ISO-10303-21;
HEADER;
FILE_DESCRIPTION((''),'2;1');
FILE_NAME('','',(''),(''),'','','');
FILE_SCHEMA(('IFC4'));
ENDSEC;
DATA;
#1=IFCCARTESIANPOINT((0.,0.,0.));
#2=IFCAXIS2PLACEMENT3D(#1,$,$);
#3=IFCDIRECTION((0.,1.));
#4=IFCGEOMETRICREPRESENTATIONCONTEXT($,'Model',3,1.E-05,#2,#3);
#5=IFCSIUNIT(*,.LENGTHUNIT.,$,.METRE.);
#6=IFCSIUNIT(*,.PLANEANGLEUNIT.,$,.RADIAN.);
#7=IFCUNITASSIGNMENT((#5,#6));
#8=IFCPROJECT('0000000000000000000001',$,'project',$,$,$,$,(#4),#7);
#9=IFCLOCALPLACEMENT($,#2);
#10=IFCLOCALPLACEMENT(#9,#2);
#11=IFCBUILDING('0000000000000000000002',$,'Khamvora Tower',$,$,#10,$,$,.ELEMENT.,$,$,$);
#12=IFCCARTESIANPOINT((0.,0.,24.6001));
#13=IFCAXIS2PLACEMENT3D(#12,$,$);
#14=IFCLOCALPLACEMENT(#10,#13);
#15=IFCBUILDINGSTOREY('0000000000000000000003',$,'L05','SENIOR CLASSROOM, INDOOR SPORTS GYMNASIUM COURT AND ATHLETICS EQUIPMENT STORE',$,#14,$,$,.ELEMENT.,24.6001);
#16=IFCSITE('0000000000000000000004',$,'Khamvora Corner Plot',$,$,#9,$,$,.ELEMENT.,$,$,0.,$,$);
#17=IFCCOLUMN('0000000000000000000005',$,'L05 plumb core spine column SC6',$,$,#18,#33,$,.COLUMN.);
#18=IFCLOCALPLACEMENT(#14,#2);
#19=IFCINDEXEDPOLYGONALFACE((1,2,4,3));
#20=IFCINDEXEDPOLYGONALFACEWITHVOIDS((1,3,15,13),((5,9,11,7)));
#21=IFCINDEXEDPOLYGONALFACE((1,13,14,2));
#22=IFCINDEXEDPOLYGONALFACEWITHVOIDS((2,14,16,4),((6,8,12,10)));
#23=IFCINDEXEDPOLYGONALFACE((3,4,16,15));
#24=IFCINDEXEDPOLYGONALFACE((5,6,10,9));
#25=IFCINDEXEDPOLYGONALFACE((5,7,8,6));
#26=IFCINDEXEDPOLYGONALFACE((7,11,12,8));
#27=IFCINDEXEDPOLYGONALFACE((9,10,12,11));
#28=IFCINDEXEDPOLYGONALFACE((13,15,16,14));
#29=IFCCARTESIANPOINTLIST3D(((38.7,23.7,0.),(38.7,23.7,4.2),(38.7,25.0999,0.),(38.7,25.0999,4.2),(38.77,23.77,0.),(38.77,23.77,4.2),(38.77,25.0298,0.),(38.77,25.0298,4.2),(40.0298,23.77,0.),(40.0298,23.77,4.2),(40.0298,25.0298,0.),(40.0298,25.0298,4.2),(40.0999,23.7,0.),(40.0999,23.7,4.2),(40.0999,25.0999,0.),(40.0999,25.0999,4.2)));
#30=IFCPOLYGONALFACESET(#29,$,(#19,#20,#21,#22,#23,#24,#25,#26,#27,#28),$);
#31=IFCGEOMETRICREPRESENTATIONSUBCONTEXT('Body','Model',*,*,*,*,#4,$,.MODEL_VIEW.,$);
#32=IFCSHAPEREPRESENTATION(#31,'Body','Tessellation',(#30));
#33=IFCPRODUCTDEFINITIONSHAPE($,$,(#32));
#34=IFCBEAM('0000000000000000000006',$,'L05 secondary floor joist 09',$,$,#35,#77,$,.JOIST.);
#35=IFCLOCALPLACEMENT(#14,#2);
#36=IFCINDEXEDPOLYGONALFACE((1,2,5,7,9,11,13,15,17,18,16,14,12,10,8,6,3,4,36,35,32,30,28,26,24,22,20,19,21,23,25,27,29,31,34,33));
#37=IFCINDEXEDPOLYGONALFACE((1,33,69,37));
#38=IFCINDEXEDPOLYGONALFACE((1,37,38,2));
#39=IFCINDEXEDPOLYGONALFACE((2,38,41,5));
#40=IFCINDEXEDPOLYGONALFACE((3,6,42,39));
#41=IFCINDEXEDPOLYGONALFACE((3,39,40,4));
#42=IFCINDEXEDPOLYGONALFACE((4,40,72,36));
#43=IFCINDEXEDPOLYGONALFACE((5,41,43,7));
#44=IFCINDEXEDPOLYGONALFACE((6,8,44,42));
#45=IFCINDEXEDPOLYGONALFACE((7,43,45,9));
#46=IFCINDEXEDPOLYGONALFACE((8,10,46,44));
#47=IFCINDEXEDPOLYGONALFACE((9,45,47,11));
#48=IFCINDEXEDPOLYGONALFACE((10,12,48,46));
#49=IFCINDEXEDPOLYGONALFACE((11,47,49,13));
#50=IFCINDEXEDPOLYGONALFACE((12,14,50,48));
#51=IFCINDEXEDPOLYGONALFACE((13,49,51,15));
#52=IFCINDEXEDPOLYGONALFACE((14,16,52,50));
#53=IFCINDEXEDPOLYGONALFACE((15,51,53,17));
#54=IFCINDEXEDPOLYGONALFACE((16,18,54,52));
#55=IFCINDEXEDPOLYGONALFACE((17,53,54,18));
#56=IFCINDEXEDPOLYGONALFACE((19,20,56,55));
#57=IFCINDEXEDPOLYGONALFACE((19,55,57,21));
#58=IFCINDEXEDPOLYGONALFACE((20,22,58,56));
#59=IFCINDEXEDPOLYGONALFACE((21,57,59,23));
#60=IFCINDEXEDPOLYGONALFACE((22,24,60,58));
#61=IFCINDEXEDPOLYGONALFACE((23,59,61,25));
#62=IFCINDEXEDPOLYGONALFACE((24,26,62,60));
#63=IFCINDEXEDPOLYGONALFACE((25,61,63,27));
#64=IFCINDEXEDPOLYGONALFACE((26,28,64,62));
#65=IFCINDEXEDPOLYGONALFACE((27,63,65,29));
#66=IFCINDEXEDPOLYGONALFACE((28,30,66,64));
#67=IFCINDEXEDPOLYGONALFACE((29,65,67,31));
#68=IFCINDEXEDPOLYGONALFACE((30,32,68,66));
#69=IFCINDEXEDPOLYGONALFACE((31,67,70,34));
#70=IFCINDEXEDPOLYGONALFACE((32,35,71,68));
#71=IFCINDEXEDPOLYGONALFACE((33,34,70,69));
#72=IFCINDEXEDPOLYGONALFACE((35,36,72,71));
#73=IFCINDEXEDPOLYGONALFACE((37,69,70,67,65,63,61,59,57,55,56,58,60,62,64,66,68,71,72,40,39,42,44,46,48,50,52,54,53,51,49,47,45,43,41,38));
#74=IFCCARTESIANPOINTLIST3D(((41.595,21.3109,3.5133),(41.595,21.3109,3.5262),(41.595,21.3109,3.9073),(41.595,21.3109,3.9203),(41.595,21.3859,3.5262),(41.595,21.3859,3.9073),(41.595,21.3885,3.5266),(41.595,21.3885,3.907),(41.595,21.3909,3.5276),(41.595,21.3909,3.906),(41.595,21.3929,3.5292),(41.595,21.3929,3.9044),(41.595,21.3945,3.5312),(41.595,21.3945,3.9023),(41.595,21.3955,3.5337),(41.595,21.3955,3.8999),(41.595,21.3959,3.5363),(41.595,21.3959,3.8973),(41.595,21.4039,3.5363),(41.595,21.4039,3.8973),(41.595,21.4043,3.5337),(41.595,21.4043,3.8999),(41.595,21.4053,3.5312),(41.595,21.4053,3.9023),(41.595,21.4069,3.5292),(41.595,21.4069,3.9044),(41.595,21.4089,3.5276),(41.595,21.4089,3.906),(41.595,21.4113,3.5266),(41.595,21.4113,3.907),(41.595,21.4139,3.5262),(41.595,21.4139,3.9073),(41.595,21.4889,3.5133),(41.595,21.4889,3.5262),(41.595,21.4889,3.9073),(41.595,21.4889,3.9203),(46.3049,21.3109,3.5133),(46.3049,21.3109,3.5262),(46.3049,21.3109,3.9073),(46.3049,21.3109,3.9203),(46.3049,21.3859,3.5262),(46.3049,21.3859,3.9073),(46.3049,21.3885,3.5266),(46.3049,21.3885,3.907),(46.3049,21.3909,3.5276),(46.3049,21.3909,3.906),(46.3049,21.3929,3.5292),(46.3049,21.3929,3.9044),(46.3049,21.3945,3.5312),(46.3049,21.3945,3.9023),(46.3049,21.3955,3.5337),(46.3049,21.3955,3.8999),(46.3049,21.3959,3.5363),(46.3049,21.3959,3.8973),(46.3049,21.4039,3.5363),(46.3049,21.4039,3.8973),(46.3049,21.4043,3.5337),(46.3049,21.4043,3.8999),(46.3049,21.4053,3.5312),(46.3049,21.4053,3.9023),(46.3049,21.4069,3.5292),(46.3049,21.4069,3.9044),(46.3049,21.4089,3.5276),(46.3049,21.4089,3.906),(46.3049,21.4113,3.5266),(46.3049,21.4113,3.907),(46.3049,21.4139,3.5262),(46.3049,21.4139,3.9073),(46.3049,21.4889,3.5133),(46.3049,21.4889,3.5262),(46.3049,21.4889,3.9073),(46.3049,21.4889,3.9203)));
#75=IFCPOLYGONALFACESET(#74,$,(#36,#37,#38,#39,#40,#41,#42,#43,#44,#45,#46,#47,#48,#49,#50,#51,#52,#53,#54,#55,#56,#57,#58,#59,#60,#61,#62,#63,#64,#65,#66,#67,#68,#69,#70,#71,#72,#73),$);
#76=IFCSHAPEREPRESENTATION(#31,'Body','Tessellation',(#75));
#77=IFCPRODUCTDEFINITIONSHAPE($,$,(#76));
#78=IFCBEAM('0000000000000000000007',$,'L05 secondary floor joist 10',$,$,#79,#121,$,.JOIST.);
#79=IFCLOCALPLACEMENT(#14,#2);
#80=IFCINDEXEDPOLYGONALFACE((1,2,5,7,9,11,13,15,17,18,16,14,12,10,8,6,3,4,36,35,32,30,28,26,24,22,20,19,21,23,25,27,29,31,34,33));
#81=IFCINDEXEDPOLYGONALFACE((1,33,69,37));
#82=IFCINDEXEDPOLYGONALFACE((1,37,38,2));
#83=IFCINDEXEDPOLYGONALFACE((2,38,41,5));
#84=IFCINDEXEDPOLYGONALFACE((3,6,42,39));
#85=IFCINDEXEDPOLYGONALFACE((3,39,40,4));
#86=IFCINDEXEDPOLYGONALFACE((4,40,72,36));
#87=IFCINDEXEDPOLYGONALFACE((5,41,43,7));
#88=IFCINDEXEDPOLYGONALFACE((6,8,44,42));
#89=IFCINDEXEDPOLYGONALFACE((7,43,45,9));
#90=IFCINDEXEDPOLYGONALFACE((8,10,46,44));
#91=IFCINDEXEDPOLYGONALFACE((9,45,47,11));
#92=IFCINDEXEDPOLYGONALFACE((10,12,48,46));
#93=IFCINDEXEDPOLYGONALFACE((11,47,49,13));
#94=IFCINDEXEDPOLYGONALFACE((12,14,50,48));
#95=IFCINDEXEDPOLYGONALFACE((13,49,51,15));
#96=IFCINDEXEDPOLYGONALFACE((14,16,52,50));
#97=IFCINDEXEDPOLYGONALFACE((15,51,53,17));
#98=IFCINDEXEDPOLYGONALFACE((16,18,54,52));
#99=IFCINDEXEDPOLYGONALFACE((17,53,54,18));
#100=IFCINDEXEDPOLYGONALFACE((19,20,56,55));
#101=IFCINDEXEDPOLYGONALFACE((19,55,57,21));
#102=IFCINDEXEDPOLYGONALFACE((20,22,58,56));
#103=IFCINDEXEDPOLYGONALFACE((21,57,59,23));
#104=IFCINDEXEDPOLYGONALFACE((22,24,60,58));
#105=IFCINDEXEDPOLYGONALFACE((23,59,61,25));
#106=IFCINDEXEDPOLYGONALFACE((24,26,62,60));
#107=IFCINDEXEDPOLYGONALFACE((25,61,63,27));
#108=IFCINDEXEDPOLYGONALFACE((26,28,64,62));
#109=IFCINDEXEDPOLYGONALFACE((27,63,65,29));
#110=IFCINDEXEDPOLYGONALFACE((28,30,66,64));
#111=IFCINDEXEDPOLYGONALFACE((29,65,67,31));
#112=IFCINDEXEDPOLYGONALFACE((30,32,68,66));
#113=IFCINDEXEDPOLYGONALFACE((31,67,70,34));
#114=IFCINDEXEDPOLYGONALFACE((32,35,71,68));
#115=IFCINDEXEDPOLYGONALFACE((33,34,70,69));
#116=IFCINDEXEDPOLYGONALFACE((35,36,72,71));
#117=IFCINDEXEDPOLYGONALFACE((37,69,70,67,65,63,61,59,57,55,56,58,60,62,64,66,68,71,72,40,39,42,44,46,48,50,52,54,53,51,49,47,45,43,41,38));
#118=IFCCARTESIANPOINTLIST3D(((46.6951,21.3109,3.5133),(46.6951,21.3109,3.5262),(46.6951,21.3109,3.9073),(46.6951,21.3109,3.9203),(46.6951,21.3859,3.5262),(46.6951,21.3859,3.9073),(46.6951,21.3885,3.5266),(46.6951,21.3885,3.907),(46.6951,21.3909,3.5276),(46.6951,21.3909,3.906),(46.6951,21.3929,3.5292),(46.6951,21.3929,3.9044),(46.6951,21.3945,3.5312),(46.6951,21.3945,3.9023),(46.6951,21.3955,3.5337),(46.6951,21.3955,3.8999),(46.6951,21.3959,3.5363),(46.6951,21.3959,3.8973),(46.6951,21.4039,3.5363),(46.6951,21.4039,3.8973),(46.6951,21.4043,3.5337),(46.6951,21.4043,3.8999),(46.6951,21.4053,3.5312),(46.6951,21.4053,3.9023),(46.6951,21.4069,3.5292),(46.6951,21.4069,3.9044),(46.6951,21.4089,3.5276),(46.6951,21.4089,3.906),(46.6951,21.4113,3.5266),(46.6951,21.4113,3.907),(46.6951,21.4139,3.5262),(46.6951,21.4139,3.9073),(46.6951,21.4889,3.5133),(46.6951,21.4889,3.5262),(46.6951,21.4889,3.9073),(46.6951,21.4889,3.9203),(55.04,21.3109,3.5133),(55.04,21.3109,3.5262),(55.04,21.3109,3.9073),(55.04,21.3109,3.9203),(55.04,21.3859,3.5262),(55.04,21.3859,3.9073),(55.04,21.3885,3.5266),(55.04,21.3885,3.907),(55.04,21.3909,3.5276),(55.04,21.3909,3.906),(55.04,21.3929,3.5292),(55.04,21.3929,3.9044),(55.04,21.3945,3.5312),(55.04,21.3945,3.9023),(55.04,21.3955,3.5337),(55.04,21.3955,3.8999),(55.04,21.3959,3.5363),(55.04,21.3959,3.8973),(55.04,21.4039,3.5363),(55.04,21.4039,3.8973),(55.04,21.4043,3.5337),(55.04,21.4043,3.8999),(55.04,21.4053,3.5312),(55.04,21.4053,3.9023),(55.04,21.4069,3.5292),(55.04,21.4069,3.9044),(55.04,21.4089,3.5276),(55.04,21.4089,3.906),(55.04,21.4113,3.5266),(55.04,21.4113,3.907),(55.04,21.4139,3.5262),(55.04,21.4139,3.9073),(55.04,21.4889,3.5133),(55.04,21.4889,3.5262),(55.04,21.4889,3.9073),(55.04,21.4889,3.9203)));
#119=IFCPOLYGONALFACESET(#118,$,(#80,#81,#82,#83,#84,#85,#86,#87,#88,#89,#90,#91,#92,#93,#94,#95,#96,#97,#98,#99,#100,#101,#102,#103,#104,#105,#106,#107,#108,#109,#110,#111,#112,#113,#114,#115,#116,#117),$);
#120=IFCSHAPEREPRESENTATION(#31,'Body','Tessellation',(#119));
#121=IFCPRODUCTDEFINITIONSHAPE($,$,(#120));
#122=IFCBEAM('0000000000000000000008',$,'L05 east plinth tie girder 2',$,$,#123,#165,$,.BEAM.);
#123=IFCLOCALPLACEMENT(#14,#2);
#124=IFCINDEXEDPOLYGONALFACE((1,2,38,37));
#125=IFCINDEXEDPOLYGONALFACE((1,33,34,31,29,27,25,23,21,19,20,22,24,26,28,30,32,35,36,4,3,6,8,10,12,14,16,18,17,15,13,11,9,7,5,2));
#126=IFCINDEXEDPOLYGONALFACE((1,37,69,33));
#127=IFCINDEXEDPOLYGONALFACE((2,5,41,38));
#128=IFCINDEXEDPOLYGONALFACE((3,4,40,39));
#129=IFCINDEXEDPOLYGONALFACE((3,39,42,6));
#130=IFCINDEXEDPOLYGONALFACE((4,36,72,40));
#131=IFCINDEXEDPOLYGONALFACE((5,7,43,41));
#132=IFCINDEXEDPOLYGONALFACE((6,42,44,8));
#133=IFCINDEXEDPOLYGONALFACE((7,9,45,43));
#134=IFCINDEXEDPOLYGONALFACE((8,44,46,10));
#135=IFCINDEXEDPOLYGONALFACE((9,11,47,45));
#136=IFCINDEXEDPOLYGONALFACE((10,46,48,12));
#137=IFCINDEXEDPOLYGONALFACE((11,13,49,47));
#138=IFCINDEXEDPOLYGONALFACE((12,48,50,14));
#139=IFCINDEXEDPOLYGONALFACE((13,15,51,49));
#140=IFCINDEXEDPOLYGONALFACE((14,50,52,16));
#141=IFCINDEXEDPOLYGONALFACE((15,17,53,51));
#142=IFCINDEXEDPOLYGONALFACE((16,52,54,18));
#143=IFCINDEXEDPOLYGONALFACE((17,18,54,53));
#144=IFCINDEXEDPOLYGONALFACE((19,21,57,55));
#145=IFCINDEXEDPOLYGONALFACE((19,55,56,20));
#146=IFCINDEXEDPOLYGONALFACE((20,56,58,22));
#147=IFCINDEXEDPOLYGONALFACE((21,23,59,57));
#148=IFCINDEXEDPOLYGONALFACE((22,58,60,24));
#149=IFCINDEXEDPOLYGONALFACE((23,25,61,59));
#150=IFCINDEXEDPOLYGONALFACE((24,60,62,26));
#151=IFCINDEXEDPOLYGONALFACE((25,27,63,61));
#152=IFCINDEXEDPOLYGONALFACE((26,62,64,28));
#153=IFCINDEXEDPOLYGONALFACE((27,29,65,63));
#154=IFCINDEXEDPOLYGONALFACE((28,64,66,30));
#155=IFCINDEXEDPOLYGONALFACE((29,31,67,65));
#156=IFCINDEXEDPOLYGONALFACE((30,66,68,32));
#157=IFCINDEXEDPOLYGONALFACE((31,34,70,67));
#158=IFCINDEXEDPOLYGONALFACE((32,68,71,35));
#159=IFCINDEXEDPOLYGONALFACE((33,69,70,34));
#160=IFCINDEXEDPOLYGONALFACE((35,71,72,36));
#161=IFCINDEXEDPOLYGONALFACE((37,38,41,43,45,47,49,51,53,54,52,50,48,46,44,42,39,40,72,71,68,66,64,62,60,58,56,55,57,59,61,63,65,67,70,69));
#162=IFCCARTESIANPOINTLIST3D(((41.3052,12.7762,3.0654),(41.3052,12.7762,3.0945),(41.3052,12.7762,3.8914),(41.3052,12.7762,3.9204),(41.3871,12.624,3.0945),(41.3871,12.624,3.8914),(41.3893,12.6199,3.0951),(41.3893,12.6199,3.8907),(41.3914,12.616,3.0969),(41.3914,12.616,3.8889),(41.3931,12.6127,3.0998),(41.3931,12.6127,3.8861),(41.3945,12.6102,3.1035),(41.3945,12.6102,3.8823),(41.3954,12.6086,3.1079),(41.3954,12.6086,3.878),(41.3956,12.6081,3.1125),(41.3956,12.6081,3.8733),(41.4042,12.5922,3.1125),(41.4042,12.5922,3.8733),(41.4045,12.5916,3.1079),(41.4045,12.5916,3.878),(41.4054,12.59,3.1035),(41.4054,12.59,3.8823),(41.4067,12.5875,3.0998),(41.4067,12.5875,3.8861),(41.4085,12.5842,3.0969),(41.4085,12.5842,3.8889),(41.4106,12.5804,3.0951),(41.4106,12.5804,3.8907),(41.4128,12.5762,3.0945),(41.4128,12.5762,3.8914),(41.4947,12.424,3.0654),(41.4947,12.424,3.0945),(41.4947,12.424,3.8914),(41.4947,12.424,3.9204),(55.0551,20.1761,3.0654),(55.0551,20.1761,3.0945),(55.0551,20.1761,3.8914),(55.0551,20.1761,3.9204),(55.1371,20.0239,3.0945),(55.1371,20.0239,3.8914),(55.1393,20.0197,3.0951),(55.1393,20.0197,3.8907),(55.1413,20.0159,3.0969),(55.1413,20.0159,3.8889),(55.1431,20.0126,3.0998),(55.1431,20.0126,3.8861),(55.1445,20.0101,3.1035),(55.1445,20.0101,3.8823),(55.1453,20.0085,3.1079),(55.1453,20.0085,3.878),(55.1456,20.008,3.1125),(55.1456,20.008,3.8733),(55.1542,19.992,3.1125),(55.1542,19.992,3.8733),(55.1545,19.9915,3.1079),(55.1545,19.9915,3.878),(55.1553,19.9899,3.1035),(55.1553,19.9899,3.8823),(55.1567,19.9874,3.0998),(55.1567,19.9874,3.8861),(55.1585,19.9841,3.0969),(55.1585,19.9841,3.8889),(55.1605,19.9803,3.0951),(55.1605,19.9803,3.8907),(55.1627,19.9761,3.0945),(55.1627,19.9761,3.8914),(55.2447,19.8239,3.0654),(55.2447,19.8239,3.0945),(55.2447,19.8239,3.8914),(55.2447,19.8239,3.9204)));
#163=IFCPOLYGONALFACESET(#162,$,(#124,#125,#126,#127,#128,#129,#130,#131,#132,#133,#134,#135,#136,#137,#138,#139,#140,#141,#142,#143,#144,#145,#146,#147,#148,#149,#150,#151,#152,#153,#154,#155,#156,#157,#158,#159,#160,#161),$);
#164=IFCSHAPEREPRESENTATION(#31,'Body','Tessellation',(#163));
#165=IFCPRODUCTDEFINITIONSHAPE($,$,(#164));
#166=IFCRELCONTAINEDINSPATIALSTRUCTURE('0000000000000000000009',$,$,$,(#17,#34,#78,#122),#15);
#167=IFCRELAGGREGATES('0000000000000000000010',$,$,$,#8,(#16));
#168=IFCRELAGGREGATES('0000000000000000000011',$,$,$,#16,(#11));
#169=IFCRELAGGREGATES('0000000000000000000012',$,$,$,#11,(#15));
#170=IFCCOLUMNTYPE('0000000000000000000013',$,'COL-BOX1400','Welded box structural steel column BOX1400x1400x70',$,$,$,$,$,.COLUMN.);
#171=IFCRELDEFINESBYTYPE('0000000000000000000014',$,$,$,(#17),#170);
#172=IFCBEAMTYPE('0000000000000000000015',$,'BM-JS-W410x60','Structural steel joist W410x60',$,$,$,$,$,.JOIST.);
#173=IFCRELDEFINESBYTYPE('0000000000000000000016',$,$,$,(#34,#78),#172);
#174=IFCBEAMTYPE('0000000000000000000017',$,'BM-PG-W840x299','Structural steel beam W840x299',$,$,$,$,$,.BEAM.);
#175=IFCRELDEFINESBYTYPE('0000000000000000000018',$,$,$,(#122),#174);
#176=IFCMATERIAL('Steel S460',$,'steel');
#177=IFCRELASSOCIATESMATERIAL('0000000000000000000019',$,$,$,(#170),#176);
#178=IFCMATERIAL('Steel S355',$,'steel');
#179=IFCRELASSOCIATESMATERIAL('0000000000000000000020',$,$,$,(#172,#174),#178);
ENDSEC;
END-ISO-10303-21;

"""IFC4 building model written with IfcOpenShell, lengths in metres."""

from ifc_helpers import new_model, si_unit, direction, frame, origin, origin_2d, place, context, subcontext, project, spatial, hollow_rectangle, i_section, extrude, material, material_profile, profile_set, type_object, element, save


model = new_model("IFC4")

# Units and contexts
model_context = context("Model", 3, precision=1e-05, world=origin(), true_north=direction((0.0, 1.0)))
body_context = subcontext(model_context, "Body", "Model", "MODEL_VIEW")
ifc_project = project(units=[si_unit("LENGTHUNIT", "METRE"), si_unit("PLANEANGLEUNIT", "RADIAN")], contexts=[model_context])

# Site, building, storey
site_placement = place(None, origin())
site = spatial("IfcSite", under=ifc_project, at=site_placement, Name="Khamvora Corner Plot", CompositionType="ELEMENT", RefElevation=0.0)
building_placement = place(site_placement, origin())
building = spatial("IfcBuilding", under=site, at=building_placement, Name="Khamvora Tower", CompositionType="ELEMENT")
storey_placement = place(building_placement, frame((0.0, 0.0, 24.6001)))
storey = spatial("IfcBuildingStorey", under=building, at=storey_placement, Name="L05", Description="SENIOR CLASSROOM, INDOOR SPORTS GYMNASIUM COURT AND ATHLETICS EQUIPMENT STORE", CompositionType="ELEMENT", Elevation=24.6001)

# Column
ifc_material_1 = material(Name="Steel S460", Category="steel")
ifc_material_profile_1 = material_profile(ifc_material_1, hollow_rectangle(XDim=1.3999, YDim=1.3999, WallThickness=0.0701, at=origin_2d()), Name="BOX1400x1400x70")
ifc_profile_set_1 = profile_set([ifc_material_profile_1], Name="Steel S460")
column_type = type_object("IfcColumnType", Name="COL-BOX1400", Description="Welded box structural steel column BOX1400x1400x70", PredefinedType="COLUMN", material=ifc_profile_set_1)
column_placement = place(storey_placement, frame((39.3999, 24.3999, 0.0), z_axis=(0.0, 0.0, 1.0), x_axis=(1.0, 0.0, 0.0)))
element("IfcColumn", 1, at=column_placement, inside=storey, type_object=column_type, Name="L05 plumb core spine column SC6", PredefinedType="COLUMN", context=body_context, shape_type="SweptSolid", body=[
    extrude(hollow_rectangle(XDim=1.3999, YDim=1.3999, WallThickness=0.0701, at=origin_2d()), origin(), (0.0, 0.0, 1.0), 4.2),
])

# Beams
ifc_material_2 = material(Name="Steel S355", Category="steel")
ifc_material_profile_2 = material_profile(ifc_material_2, i_section(OverallWidth=0.178, OverallDepth=0.407, WebThickness=0.0081, FlangeThickness=0.0129, FilletRadius=0.01, at=origin_2d()), Name="W410x60")
ifc_profile_set_2 = profile_set([ifc_material_profile_2], Name="Steel S355")
beam_type_1 = type_object("IfcBeamType", Name="BM-JS-W410x60", Description="Structural steel joist W410x60", PredefinedType="JOIST", material=ifc_profile_set_2)
beam_1_placement = place(storey_placement, frame((41.595, 21.3999, 3.7168), z_axis=(1.0, 0.0, 0.0), x_axis=(0.0, 1.0, 0.0)))
element("IfcBeam", 2, at=beam_1_placement, inside=storey, type_object=beam_type_1, Name="L05 secondary floor joist 09", PredefinedType="JOIST", context=body_context, shape_type="SweptSolid", body=[
    extrude(i_section(OverallWidth=0.178, OverallDepth=0.407, WebThickness=0.0081, FlangeThickness=0.0129, FilletRadius=0.01, at=origin_2d()), origin(), (0.0, 0.0, 1.0), 4.71),
])
beam_2_placement = place(storey_placement, frame((46.6951, 21.3999, 3.7168), z_axis=(1.0, 0.0, 0.0), x_axis=(0.0, 1.0, 0.0)))
element("IfcBeam", 3, at=beam_2_placement, inside=storey, type_object=beam_type_1, Name="L05 secondary floor joist 10", PredefinedType="JOIST", context=body_context, shape_type="SweptSolid", body=[
    extrude(i_section(OverallWidth=0.178, OverallDepth=0.407, WebThickness=0.0081, FlangeThickness=0.0129, FilletRadius=0.01, at=origin_2d()), origin(), (0.0, 0.0, 1.0), 8.345),
])
ifc_material_profile_3 = material_profile(ifc_material_2, i_section(OverallWidth=0.3999, OverallDepth=0.855, WebThickness=0.0181, FlangeThickness=0.0291, FilletRadius=0.0181, at=origin_2d()), Name="W840x299")
ifc_profile_set_3 = profile_set([ifc_material_profile_3], Name="Steel S355")
beam_type_2 = type_object("IfcBeamType", Name="BM-PG-W840x299", Description="Structural steel beam W840x299", PredefinedType="BEAM", material=ifc_profile_set_3)
beam_3_placement = place(storey_placement, frame((55.1499, 20.0, 3.4929), z_axis=(-0.880577, -0.473904, 0.0), x_axis=(0.473904, -0.880577, 0.0)))
element("IfcBeam", 4, at=beam_3_placement, inside=storey, type_object=beam_type_2, Name="L05 east plinth tie girder 2", PredefinedType="BEAM", context=body_context, shape_type="SweptSolid", body=[
    extrude(i_section(OverallWidth=0.3999, OverallDepth=0.855, WebThickness=0.0181, FlangeThickness=0.0291, FilletRadius=0.0181, at=origin_2d()), origin(), (0.0, 0.0, 1.0), 15.6147),
])

save(model, "model.ifc")
